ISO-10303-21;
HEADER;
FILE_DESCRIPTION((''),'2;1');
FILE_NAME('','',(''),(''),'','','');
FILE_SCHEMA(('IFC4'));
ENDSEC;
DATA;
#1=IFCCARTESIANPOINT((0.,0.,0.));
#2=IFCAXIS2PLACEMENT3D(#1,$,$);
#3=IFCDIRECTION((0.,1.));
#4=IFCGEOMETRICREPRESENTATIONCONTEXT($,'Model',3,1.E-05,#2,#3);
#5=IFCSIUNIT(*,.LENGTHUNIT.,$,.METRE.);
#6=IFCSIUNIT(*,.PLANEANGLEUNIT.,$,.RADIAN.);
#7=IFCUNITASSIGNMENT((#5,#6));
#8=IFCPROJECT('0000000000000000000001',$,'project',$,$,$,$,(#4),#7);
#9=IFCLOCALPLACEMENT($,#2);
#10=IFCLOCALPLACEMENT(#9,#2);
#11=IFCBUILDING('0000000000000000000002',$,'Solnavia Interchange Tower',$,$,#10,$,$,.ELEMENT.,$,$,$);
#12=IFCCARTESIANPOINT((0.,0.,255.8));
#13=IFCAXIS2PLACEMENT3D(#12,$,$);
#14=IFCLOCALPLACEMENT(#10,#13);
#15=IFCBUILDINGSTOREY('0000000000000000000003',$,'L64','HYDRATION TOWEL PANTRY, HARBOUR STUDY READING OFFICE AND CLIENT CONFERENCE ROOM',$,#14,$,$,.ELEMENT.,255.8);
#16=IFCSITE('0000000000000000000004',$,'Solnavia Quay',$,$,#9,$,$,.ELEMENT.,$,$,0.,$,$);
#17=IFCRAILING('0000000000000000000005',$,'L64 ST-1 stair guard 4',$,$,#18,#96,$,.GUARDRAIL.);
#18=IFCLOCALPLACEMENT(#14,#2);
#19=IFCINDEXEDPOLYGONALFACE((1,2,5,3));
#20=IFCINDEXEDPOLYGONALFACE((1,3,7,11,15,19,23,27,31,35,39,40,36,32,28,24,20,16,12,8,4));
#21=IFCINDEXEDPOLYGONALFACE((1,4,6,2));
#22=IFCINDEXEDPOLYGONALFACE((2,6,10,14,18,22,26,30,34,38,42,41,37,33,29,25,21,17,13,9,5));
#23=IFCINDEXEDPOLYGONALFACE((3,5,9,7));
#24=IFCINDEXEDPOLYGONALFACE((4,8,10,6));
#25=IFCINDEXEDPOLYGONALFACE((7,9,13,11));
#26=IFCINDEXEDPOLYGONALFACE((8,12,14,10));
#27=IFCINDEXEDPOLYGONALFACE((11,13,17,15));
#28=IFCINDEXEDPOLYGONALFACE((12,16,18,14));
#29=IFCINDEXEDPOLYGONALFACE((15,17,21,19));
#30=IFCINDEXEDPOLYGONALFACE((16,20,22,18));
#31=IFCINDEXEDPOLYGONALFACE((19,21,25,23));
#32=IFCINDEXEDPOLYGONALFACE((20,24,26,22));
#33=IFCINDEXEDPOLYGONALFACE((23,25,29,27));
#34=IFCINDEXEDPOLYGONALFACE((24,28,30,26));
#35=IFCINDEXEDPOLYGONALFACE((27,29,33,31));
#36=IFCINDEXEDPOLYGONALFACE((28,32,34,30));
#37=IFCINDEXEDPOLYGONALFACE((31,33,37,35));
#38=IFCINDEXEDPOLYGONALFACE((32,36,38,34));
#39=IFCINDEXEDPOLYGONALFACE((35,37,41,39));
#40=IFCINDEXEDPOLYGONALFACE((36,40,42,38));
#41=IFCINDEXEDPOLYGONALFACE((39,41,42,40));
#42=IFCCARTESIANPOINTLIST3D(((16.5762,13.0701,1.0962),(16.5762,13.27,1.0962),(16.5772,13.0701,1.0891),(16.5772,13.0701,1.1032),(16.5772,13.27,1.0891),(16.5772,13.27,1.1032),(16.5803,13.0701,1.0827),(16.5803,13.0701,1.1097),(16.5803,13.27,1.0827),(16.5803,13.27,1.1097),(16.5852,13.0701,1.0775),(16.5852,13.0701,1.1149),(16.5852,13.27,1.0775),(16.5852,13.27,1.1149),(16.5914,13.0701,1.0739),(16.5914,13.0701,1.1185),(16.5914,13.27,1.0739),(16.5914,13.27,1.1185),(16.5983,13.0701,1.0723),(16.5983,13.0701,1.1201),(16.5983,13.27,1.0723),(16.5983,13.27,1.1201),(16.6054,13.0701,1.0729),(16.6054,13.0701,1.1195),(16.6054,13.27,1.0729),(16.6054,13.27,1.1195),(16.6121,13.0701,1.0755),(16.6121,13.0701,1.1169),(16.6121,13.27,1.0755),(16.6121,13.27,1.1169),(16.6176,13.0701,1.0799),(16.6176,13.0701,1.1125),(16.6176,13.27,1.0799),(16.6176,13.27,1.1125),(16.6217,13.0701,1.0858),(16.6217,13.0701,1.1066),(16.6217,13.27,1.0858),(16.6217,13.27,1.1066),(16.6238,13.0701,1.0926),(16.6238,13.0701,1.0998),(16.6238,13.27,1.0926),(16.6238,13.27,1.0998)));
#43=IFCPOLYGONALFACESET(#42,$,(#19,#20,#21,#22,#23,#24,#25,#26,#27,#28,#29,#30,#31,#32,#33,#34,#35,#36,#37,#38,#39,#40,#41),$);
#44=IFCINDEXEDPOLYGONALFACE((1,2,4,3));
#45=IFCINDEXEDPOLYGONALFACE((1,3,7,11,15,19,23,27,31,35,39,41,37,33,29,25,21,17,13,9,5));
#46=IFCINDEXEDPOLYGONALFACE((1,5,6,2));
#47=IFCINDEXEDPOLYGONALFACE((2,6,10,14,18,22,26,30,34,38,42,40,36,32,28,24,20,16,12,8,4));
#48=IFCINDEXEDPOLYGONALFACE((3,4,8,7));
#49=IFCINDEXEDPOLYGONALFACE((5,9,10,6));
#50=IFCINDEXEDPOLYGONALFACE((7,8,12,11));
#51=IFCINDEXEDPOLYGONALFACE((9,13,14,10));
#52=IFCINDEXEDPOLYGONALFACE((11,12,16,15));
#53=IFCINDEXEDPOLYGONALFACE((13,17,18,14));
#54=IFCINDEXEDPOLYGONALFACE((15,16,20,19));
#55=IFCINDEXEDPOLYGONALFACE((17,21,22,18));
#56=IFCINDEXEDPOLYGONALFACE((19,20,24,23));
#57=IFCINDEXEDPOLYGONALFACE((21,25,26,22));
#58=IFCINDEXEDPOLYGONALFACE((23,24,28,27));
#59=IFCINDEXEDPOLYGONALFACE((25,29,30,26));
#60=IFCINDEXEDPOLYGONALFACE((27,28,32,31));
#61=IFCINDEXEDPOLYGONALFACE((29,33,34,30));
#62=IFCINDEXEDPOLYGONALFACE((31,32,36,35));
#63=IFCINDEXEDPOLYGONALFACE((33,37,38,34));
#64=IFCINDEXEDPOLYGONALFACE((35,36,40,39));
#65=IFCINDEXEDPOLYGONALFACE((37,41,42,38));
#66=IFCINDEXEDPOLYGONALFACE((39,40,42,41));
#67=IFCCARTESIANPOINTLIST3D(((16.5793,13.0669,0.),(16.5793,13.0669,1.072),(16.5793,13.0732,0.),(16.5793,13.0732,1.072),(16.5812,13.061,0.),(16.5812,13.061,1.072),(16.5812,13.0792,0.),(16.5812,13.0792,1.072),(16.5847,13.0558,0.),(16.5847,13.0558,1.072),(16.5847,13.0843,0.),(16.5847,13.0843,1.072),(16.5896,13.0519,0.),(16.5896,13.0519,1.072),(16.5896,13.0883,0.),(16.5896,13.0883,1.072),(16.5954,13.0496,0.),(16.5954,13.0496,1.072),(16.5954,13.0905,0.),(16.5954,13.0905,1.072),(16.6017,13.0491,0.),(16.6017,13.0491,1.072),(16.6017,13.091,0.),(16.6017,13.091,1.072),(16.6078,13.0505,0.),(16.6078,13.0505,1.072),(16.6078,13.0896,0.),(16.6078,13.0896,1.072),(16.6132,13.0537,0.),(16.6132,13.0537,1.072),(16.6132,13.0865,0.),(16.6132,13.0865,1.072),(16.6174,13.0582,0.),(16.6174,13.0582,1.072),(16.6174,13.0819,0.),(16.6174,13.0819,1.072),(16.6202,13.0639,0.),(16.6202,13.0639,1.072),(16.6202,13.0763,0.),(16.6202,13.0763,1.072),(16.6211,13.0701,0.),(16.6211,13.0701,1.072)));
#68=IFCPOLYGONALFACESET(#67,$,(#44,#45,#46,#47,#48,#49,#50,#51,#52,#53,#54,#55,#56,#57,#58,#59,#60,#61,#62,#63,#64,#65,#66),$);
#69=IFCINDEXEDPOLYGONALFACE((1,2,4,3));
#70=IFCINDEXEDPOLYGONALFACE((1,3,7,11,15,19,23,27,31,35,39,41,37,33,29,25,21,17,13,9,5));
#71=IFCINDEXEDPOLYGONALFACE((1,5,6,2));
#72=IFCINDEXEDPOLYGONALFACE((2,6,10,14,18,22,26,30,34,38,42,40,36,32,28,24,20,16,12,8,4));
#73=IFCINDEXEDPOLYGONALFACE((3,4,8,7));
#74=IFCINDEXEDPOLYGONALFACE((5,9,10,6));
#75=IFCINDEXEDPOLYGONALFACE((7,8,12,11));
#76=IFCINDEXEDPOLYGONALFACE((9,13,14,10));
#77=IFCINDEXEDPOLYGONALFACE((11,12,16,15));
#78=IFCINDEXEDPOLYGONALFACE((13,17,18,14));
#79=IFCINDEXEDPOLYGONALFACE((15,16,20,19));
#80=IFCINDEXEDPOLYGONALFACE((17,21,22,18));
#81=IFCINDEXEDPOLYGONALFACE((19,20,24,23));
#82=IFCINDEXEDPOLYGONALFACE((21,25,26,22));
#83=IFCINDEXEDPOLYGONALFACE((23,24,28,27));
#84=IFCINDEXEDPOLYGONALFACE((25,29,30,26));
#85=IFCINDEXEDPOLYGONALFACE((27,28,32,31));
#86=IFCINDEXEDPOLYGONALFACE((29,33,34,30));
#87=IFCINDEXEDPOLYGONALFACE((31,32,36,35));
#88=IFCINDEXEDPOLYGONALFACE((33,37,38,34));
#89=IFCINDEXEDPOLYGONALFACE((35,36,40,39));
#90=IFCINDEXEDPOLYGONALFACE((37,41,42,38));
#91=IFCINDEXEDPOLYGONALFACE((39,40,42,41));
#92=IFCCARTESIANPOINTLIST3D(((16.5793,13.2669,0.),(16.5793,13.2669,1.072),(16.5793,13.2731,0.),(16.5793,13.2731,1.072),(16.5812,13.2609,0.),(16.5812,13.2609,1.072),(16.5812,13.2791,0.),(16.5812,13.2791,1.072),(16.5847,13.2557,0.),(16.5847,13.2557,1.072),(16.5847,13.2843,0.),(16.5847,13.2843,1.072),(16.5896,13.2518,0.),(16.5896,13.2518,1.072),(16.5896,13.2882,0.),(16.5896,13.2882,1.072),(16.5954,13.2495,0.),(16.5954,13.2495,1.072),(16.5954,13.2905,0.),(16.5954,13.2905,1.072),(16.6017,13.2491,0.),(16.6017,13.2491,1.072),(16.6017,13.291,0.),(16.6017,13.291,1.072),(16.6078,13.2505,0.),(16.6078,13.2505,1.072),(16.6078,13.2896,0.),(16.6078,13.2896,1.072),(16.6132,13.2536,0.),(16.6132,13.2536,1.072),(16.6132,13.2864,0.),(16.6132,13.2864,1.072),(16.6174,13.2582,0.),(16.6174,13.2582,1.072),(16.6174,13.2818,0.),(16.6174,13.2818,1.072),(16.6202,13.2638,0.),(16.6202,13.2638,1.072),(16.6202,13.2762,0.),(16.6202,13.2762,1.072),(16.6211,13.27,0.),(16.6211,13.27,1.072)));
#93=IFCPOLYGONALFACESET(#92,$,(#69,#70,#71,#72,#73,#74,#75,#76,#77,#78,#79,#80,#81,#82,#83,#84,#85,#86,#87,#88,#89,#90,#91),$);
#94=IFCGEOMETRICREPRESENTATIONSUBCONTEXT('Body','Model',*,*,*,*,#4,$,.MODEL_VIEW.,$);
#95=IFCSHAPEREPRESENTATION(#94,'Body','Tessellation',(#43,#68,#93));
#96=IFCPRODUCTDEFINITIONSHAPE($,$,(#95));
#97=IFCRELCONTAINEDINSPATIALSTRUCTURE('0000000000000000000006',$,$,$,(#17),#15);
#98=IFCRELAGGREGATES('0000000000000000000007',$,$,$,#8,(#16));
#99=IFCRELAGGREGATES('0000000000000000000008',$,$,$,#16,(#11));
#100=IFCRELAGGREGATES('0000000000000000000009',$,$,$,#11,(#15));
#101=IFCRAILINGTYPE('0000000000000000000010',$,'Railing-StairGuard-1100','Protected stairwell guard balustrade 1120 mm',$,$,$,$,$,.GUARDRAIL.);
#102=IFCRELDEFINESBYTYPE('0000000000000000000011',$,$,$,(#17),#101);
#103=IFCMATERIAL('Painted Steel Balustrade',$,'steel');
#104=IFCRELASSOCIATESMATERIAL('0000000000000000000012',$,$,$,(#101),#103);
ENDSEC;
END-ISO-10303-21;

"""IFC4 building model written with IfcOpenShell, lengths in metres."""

from ifc_helpers import new_model, si_unit, direction, frame, origin, origin_2d, place, context, subcontext, project, spatial, circle, extrude, material, type_object, element, save


model = new_model("IFC4")

# Units and contexts
model_context = context("Model", 3, precision=1e-05, world=origin(), true_north=direction((0.0, 1.0)))
body_context = subcontext(model_context, "Body", "Model", "MODEL_VIEW")
ifc_project = project(units=[si_unit("LENGTHUNIT", "METRE"), si_unit("PLANEANGLEUNIT", "RADIAN")], contexts=[model_context])

# Site, building, storey
site_placement = place(None, origin())
site = spatial("IfcSite", under=ifc_project, at=site_placement, Name="Solnavia Quay", CompositionType="ELEMENT", RefElevation=0.0)
building_placement = place(site_placement, origin())
building = spatial("IfcBuilding", under=site, at=building_placement, Name="Solnavia Interchange Tower", CompositionType="ELEMENT")
storey_placement = place(building_placement, frame((0.0, 0.0, 255.8)))
storey = spatial("IfcBuildingStorey", under=building, at=storey_placement, Name="L64", Description="HYDRATION TOWEL PANTRY, HARBOUR STUDY READING OFFICE AND CLIENT CONFERENCE ROOM", CompositionType="ELEMENT", Elevation=255.8)

# Railing
ifc_material_1 = material(Name="Painted Steel Balustrade", Category="steel")
railing_type_1 = type_object("IfcRailingType", Name="Railing-StairGuard-1100", Description="Protected stairwell guard balustrade 1120 mm", PredefinedType="GUARDRAIL", material=ifc_material_1)
railing_1_placement = place(storey_placement, frame((16.6001, 13.0701, 0.0)))
element("IfcRailing", 1, at=railing_1_placement, inside=storey, type_object=railing_type_1, Name="L64 ST-1 stair guard 4", PredefinedType="GUARDRAIL", context=body_context, shape_type="SweptSolid", body=[
    extrude(circle(Radius=0.0239, at=origin_2d()), frame((0.0, 0.0, 1.0962), z_axis=(0.0, 1.0, 0.0), x_axis=(-1.0, 0.0, 0.0)), (0.0, 0.0, 1.0), 0.2),
    extrude(circle(Radius=0.021, at=origin_2d()), origin(), (0.0, 0.0, 1.0), 1.072),
    extrude(circle(Radius=0.021, at=origin_2d()), frame((0.0, 0.2, 0.0)), (0.0, 0.0, 1.0), 1.072),
])

save(model, "model.ifc")
